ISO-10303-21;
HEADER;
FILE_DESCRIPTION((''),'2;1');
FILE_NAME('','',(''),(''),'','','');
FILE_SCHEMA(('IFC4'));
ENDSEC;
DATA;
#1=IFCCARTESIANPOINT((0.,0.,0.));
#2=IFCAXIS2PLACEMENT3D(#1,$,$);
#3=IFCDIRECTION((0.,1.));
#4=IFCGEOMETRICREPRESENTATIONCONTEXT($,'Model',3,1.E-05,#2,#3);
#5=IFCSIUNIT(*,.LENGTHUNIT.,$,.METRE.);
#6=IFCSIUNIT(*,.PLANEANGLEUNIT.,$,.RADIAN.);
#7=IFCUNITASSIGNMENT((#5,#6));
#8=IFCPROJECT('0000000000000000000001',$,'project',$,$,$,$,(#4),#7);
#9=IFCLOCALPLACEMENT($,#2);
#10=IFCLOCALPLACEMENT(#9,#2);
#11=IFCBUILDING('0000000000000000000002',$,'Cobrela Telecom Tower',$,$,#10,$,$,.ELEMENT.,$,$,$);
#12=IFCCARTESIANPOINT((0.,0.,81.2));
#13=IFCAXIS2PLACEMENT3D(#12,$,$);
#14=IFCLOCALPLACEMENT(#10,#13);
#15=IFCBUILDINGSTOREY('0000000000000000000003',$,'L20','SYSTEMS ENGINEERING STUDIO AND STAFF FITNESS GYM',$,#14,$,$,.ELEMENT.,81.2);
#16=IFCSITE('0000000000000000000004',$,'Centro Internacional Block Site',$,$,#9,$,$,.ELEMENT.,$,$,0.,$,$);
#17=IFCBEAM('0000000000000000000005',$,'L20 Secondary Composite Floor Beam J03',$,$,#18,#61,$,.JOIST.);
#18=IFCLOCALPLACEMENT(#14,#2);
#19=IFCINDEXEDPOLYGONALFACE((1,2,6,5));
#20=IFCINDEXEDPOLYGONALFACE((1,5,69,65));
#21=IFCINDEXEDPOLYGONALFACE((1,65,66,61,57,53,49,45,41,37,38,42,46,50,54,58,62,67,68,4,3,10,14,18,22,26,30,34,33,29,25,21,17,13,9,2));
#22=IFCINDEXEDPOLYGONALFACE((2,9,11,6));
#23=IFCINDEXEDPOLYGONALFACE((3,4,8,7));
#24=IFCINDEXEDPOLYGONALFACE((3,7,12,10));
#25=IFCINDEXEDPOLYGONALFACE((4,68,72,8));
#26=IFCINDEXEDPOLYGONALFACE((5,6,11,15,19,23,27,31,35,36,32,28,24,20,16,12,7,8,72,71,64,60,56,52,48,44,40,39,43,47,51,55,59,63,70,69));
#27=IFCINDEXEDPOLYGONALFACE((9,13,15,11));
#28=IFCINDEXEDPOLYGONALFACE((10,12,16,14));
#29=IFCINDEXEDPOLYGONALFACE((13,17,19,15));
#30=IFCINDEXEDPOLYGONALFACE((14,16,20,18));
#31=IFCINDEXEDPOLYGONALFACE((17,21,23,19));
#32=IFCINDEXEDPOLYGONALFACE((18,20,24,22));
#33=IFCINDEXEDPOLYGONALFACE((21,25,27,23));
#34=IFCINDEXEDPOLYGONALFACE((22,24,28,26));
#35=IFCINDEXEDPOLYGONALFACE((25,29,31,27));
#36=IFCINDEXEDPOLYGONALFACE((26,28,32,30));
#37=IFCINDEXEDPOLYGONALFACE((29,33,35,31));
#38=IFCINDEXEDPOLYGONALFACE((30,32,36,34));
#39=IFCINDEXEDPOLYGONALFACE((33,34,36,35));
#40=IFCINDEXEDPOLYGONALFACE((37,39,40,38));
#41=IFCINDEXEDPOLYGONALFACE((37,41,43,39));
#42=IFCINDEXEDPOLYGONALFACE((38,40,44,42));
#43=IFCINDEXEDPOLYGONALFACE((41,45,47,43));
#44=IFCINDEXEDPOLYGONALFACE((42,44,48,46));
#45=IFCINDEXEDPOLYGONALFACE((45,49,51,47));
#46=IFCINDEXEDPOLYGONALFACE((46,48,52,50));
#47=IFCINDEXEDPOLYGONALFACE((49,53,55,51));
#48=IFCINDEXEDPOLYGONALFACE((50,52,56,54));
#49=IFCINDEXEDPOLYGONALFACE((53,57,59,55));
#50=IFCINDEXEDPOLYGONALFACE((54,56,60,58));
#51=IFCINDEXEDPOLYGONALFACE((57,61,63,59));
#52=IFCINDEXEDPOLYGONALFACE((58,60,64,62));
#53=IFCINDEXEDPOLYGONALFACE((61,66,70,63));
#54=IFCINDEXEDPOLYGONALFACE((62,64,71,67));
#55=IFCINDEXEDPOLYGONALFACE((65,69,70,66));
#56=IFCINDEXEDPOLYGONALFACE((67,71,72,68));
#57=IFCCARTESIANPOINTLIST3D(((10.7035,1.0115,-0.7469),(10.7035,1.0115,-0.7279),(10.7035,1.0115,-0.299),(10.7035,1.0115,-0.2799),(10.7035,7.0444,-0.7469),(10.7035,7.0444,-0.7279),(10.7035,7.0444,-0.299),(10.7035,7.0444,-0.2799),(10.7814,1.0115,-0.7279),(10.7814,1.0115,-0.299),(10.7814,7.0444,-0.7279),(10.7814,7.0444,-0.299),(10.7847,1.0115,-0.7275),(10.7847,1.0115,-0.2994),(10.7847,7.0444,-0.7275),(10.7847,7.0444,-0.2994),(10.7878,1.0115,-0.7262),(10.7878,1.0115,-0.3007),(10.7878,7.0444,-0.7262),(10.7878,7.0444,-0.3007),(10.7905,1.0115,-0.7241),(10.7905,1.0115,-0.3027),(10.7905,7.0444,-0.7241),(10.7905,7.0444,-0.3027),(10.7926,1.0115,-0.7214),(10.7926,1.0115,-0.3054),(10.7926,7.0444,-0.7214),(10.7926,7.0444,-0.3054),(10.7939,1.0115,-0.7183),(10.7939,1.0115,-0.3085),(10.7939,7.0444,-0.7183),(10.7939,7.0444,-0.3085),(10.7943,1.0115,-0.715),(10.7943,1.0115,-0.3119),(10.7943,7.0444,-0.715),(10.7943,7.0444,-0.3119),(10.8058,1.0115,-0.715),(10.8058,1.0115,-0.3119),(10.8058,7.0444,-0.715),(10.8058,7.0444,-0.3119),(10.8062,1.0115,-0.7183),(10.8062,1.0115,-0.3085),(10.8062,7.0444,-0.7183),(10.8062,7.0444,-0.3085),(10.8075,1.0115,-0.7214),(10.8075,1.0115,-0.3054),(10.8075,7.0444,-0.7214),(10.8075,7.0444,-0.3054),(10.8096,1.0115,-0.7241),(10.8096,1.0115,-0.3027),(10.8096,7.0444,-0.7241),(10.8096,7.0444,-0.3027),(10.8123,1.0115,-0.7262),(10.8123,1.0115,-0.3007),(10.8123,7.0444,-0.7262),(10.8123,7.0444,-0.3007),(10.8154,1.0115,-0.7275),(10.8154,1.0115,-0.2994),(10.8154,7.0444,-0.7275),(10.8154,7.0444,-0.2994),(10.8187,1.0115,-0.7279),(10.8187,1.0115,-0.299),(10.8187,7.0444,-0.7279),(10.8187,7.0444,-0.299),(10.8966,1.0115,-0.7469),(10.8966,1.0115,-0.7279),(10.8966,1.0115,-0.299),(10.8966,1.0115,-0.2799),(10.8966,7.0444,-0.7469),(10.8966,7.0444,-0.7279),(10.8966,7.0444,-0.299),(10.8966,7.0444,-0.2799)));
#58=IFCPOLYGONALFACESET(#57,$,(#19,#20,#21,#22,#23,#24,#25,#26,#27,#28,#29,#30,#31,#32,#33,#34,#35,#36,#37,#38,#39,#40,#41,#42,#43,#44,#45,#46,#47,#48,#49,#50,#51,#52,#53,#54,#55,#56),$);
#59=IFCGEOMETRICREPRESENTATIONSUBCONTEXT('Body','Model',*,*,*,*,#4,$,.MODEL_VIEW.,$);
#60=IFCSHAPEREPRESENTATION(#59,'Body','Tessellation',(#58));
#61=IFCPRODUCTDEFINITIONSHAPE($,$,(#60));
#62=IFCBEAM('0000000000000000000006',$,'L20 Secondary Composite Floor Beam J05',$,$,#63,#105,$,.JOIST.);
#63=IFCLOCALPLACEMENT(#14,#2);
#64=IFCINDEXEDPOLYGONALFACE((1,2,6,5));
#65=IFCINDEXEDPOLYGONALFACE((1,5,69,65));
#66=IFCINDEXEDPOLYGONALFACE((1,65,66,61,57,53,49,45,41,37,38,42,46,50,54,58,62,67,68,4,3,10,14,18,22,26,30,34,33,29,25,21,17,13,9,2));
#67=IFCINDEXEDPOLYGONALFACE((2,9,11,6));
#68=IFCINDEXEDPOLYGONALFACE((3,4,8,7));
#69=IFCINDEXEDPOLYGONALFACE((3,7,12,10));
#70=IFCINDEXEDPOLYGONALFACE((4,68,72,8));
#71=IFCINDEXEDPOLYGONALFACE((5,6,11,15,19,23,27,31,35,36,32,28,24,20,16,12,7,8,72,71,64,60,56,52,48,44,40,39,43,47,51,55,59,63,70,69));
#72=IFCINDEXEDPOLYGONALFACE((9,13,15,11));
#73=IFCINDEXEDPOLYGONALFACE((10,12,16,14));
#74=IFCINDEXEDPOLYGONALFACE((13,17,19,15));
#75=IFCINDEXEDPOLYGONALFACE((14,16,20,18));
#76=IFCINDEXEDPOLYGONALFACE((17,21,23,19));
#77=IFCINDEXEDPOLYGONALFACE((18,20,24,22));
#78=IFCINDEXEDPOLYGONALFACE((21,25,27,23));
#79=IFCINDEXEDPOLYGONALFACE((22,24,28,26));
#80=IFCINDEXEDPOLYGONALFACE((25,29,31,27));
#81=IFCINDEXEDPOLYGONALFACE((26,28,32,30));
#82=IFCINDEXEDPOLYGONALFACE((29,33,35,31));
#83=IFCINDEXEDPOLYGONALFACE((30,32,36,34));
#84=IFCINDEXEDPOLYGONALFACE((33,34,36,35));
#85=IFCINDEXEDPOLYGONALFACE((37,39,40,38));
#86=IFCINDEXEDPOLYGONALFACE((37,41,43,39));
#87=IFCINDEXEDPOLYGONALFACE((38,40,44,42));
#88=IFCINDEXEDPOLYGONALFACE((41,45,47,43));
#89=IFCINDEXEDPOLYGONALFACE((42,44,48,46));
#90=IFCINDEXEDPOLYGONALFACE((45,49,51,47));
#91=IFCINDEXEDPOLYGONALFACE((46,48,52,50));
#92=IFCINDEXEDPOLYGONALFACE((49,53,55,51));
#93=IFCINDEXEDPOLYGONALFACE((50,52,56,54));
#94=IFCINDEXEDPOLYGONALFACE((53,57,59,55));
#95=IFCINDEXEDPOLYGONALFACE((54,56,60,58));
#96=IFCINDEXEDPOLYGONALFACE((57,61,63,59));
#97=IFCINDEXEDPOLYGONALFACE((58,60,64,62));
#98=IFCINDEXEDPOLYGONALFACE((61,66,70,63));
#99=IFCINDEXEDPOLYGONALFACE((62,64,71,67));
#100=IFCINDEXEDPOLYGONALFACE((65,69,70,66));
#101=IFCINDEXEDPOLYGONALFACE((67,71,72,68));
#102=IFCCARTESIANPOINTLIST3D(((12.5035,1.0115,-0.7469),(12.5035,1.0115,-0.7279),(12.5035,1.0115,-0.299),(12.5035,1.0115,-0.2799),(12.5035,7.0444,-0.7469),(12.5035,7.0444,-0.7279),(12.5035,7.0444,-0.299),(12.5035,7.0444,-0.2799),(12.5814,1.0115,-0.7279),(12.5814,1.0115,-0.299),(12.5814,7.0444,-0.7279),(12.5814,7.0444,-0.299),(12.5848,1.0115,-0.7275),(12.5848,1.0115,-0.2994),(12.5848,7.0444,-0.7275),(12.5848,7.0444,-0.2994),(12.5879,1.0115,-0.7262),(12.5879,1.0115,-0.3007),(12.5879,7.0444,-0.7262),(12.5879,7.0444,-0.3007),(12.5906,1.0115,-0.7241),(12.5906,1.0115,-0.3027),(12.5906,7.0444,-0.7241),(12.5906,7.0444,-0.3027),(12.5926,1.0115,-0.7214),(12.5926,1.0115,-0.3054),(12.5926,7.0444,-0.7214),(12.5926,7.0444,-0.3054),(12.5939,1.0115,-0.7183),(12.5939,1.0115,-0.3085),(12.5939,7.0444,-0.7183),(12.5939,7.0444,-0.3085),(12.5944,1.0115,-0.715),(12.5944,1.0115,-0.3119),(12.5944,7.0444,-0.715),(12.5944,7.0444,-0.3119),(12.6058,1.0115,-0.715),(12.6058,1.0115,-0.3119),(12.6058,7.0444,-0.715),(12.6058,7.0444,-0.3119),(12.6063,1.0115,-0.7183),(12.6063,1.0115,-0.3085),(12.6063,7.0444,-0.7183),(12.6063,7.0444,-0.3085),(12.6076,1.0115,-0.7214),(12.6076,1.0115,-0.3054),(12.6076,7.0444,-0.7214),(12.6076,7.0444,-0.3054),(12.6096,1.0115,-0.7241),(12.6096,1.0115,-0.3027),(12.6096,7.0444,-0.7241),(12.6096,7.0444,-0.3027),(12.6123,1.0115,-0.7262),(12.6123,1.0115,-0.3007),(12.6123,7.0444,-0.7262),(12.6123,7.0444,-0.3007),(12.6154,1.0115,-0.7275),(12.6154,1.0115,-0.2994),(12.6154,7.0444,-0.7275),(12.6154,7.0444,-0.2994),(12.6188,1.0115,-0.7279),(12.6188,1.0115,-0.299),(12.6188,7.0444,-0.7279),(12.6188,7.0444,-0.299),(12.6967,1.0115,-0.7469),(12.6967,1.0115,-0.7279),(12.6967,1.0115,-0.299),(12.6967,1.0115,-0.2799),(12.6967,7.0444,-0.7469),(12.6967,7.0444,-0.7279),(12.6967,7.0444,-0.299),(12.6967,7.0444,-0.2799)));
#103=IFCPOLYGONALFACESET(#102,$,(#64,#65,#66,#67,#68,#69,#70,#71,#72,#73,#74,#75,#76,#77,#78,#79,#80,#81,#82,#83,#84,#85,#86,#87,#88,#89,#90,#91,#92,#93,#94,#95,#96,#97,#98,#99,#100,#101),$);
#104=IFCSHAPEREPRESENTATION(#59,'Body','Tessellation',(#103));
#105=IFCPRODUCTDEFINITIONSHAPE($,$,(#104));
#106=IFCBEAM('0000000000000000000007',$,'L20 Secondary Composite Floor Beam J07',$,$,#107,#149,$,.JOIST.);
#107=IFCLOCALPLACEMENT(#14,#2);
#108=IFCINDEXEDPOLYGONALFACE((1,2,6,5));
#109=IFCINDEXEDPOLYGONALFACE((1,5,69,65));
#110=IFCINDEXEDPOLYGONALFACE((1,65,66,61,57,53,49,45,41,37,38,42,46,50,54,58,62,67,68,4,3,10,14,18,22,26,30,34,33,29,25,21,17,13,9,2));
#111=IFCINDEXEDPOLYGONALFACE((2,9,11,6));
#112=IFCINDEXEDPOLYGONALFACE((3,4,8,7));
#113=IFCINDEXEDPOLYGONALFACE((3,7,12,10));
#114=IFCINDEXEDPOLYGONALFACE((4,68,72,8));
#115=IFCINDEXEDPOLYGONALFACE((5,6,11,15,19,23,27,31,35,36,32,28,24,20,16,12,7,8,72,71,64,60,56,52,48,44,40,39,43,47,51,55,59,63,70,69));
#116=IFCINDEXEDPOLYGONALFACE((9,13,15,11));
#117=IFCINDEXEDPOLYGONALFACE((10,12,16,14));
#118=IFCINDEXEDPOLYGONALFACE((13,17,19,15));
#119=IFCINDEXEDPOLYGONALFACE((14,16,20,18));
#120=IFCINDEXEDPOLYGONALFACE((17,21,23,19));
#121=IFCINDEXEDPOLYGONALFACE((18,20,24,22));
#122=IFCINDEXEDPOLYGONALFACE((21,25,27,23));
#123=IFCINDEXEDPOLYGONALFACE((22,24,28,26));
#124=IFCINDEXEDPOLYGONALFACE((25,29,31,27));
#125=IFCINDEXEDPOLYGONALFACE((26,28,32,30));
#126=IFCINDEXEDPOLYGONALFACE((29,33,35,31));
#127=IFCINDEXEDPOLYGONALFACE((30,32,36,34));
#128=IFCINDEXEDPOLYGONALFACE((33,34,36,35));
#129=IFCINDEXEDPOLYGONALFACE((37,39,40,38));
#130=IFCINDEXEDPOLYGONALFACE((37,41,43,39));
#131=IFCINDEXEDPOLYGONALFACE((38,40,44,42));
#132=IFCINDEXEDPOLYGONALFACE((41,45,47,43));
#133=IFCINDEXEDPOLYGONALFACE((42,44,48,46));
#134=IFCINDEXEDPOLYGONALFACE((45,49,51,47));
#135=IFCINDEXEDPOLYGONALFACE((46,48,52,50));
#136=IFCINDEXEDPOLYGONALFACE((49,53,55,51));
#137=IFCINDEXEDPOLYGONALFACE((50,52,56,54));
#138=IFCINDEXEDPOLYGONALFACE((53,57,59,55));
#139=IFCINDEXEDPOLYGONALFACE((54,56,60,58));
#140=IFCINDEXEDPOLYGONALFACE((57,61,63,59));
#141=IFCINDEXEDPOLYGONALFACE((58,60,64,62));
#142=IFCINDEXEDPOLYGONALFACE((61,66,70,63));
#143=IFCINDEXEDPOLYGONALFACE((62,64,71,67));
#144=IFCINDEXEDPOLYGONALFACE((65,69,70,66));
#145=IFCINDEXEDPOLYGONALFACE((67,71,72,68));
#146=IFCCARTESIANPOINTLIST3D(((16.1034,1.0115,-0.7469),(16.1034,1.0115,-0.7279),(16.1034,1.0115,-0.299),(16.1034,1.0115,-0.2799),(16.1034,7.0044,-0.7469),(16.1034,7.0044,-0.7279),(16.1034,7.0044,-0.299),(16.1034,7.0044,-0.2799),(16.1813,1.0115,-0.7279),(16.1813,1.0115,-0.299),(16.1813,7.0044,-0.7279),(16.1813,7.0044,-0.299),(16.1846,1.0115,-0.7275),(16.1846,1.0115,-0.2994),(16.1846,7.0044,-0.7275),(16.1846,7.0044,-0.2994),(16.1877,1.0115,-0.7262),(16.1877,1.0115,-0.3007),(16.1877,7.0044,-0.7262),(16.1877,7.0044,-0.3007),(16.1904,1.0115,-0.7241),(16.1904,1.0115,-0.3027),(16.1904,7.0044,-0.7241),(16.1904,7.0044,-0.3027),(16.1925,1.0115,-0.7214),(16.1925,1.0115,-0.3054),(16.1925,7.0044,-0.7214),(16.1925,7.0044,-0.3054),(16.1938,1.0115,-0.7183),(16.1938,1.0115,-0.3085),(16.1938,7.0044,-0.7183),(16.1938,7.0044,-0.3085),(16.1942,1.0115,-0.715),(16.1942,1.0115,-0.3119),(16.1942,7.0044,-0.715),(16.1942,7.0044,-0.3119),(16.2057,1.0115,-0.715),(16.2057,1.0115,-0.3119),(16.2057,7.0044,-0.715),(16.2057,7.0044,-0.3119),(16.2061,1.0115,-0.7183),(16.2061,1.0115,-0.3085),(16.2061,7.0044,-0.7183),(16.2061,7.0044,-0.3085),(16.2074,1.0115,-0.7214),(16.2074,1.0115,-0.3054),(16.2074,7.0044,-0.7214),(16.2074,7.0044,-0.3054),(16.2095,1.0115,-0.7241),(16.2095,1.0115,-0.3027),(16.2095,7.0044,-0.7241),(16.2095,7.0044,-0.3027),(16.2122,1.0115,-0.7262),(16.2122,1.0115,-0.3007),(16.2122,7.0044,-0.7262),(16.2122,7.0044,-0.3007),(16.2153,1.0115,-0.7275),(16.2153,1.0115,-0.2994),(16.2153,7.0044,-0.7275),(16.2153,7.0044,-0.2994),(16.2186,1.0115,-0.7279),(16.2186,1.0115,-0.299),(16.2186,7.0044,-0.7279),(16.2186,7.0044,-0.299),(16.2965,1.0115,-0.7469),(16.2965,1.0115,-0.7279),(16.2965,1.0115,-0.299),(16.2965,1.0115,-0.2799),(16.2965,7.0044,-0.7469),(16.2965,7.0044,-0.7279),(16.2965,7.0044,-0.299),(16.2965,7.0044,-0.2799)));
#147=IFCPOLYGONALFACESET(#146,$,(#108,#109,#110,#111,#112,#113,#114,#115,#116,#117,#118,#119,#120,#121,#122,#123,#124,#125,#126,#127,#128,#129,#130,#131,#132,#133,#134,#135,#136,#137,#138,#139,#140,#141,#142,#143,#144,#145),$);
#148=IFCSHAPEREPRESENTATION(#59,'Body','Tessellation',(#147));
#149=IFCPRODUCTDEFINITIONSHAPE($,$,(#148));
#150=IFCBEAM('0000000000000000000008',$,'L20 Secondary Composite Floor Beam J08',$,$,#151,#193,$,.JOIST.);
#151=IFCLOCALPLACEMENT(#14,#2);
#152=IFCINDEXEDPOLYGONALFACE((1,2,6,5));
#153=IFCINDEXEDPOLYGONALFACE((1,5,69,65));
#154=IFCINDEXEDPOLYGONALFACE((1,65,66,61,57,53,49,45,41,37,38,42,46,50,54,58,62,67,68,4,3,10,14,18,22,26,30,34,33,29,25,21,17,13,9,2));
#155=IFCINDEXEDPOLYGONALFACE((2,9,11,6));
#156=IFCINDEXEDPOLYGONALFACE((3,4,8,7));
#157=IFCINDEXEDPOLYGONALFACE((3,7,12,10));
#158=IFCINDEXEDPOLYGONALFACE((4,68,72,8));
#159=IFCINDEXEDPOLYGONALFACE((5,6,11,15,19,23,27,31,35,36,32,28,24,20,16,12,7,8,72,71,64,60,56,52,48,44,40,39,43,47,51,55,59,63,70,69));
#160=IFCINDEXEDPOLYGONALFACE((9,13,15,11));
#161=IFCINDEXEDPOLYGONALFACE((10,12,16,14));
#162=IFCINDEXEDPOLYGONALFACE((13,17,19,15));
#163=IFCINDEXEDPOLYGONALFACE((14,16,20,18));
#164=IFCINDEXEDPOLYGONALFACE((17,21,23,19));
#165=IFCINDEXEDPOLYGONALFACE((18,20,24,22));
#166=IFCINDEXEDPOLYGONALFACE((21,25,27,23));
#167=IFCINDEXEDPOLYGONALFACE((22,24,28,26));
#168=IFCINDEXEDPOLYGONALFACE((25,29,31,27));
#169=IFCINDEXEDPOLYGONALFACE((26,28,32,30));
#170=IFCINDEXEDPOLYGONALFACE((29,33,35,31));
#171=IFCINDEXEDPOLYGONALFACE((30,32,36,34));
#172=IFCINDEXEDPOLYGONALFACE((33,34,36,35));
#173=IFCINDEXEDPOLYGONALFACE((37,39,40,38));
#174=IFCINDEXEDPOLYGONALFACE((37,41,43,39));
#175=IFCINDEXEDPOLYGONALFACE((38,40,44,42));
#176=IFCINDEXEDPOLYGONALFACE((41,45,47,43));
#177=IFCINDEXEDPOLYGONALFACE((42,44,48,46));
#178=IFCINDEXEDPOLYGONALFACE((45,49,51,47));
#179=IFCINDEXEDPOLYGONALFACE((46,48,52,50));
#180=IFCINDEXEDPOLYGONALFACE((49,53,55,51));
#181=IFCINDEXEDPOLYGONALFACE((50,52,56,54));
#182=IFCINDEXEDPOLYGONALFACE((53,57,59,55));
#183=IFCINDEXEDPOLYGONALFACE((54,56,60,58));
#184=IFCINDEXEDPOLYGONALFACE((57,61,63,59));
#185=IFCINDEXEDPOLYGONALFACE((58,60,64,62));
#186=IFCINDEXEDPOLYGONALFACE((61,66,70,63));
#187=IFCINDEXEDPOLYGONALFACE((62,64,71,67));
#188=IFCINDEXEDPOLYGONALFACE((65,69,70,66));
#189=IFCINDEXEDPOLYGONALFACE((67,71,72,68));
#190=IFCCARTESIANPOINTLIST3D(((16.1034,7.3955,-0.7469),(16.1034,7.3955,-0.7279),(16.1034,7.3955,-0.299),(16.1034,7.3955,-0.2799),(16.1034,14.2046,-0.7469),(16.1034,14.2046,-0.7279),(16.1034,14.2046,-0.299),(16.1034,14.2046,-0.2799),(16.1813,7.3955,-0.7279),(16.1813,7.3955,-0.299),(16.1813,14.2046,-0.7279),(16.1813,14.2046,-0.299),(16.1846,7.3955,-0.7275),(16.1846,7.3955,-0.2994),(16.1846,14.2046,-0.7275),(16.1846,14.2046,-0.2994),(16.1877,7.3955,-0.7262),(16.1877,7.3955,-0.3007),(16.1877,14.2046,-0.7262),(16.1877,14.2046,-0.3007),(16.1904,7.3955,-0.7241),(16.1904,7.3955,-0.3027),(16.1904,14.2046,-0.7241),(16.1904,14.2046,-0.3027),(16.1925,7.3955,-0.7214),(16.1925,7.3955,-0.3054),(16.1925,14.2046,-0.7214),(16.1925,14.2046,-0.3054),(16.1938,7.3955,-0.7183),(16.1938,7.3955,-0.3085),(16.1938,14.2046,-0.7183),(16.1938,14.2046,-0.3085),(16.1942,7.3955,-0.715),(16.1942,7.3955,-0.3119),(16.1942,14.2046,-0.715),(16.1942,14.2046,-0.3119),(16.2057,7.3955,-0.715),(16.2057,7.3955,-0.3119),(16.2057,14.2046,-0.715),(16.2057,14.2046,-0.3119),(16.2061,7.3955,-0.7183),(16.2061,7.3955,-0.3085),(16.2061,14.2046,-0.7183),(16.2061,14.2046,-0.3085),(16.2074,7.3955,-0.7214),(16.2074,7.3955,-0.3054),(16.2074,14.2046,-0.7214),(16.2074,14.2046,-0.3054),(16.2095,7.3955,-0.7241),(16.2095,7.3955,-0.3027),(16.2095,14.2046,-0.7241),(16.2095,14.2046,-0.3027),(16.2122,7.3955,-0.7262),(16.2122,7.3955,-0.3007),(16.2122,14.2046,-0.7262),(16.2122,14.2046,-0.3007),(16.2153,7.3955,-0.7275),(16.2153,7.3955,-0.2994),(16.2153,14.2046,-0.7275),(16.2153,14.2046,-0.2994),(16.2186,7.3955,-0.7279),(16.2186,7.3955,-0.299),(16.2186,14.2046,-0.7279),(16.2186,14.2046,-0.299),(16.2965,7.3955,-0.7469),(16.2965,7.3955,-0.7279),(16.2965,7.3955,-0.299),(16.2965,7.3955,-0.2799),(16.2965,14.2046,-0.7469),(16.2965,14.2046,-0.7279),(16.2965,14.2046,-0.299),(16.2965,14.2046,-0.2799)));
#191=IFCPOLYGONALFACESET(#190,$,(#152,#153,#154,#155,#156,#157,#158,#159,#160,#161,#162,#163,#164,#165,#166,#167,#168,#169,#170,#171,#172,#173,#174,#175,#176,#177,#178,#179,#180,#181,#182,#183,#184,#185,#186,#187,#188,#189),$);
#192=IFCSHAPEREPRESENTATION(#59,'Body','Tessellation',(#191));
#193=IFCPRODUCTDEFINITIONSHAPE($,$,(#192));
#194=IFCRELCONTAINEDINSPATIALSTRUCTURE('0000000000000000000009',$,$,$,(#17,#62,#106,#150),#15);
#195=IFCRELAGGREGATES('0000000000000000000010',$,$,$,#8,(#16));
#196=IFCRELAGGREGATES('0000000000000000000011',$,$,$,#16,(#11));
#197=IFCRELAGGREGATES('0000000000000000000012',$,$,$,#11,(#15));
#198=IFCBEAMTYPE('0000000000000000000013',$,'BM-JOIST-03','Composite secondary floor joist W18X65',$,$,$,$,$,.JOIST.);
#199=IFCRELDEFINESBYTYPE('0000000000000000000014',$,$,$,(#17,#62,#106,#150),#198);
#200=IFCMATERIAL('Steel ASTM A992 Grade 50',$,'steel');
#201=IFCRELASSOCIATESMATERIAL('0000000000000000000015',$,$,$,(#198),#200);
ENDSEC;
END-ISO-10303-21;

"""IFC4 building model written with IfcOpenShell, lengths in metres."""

from ifc_helpers import new_model, si_unit, direction, frame, origin, origin_2d, place, context, subcontext, project, spatial, i_section, extrude, material, material_profile, profile_set, type_object, element, save


model = new_model("IFC4")

# Units and contexts
model_context = context("Model", 3, precision=1e-05, world=origin(), true_north=direction((0.0, 1.0)))
body_context = subcontext(model_context, "Body", "Model", "MODEL_VIEW")
ifc_project = project(units=[si_unit("LENGTHUNIT", "METRE"), si_unit("PLANEANGLEUNIT", "RADIAN")], contexts=[model_context])

# Site, building, storey
site_placement = place(None, origin())
site = spatial("IfcSite", under=ifc_project, at=site_placement, Name="Centro Internacional Block Site", CompositionType="ELEMENT", RefElevation=0.0)
building_placement = place(site_placement, origin())
building = spatial("IfcBuilding", under=site, at=building_placement, Name="Cobrela Telecom Tower", CompositionType="ELEMENT")
storey_placement = place(building_placement, frame((0.0, 0.0, 81.2)))
storey = spatial("IfcBuildingStorey", under=building, at=storey_placement, Name="L20", Description="SYSTEMS ENGINEERING STUDIO AND STAFF FITNESS GYM", CompositionType="ELEMENT", Elevation=81.2)

# Beams
ifc_material_1 = material(Name="Steel ASTM A992 Grade 50", Category="steel")
ifc_material_profile_1 = material_profile(ifc_material_1, i_section(OverallWidth=0.1931, OverallDepth=0.467, WebThickness=0.0115, FlangeThickness=0.019, FilletRadius=0.0129, at=origin_2d()), Name="W18X65")
ifc_profile_set_1 = profile_set([ifc_material_profile_1], Name="Steel ASTM A992 Grade 50")
beam_type_1 = type_object("IfcBeamType", Name="BM-JOIST-03", Description="Composite secondary floor joist W18X65", PredefinedType="JOIST", material=ifc_profile_set_1)
for number, where, z_axis, x_axis, name in (
    (1, (10.8, 1.0115, -0.5134), (0.0, 1.0, 0.0), (-1.0, 0.0, 0.0), "L20 Secondary Composite Floor Beam J03"),
    (2, (12.6001, 1.0115, -0.5134), (0.0, 1.0, 0.0), (-1.0, 0.0, 0.0), "L20 Secondary Composite Floor Beam J05"),
):
    element("IfcBeam", number, at=place(storey_placement, frame(where, z_axis=z_axis, x_axis=x_axis)), inside=storey, type_object=beam_type_1, Name=name, PredefinedType="JOIST", context=body_context, shape_type="SweptSolid", body=[
        extrude(i_section(OverallWidth=0.1931, OverallDepth=0.467, WebThickness=0.0115, FlangeThickness=0.019, FilletRadius=0.0129, at=origin_2d()), origin(), (0.0, 0.0, 1.0), 6.033),
    ])
beam_1_placement = place(storey_placement, frame((16.2, 1.0115, -0.5134), z_axis=(0.0, 1.0, 0.0), x_axis=(-1.0, 0.0, 0.0)))
element("IfcBeam", 3, at=beam_1_placement, inside=storey, type_object=beam_type_1, Name="L20 Secondary Composite Floor Beam J07", PredefinedType="JOIST", context=body_context, shape_type="SweptSolid", body=[
    extrude(i_section(OverallWidth=0.1931, OverallDepth=0.467, WebThickness=0.0115, FlangeThickness=0.019, FilletRadius=0.0129, at=origin_2d()), origin(), (0.0, 0.0, 1.0), 5.9929),
])
beam_2_placement = place(storey_placement, frame((16.2, 7.3955, -0.5134), z_axis=(0.0, 1.0, 0.0), x_axis=(-1.0, 0.0, 0.0)))
element("IfcBeam", 4, at=beam_2_placement, inside=storey, type_object=beam_type_1, Name="L20 Secondary Composite Floor Beam J08", PredefinedType="JOIST", context=body_context, shape_type="SweptSolid", body=[
    extrude(i_section(OverallWidth=0.1931, OverallDepth=0.467, WebThickness=0.0115, FlangeThickness=0.019, FilletRadius=0.0129, at=origin_2d()), origin(), (0.0, 0.0, 1.0), 6.8091),
])

save(model, "model.ifc")
